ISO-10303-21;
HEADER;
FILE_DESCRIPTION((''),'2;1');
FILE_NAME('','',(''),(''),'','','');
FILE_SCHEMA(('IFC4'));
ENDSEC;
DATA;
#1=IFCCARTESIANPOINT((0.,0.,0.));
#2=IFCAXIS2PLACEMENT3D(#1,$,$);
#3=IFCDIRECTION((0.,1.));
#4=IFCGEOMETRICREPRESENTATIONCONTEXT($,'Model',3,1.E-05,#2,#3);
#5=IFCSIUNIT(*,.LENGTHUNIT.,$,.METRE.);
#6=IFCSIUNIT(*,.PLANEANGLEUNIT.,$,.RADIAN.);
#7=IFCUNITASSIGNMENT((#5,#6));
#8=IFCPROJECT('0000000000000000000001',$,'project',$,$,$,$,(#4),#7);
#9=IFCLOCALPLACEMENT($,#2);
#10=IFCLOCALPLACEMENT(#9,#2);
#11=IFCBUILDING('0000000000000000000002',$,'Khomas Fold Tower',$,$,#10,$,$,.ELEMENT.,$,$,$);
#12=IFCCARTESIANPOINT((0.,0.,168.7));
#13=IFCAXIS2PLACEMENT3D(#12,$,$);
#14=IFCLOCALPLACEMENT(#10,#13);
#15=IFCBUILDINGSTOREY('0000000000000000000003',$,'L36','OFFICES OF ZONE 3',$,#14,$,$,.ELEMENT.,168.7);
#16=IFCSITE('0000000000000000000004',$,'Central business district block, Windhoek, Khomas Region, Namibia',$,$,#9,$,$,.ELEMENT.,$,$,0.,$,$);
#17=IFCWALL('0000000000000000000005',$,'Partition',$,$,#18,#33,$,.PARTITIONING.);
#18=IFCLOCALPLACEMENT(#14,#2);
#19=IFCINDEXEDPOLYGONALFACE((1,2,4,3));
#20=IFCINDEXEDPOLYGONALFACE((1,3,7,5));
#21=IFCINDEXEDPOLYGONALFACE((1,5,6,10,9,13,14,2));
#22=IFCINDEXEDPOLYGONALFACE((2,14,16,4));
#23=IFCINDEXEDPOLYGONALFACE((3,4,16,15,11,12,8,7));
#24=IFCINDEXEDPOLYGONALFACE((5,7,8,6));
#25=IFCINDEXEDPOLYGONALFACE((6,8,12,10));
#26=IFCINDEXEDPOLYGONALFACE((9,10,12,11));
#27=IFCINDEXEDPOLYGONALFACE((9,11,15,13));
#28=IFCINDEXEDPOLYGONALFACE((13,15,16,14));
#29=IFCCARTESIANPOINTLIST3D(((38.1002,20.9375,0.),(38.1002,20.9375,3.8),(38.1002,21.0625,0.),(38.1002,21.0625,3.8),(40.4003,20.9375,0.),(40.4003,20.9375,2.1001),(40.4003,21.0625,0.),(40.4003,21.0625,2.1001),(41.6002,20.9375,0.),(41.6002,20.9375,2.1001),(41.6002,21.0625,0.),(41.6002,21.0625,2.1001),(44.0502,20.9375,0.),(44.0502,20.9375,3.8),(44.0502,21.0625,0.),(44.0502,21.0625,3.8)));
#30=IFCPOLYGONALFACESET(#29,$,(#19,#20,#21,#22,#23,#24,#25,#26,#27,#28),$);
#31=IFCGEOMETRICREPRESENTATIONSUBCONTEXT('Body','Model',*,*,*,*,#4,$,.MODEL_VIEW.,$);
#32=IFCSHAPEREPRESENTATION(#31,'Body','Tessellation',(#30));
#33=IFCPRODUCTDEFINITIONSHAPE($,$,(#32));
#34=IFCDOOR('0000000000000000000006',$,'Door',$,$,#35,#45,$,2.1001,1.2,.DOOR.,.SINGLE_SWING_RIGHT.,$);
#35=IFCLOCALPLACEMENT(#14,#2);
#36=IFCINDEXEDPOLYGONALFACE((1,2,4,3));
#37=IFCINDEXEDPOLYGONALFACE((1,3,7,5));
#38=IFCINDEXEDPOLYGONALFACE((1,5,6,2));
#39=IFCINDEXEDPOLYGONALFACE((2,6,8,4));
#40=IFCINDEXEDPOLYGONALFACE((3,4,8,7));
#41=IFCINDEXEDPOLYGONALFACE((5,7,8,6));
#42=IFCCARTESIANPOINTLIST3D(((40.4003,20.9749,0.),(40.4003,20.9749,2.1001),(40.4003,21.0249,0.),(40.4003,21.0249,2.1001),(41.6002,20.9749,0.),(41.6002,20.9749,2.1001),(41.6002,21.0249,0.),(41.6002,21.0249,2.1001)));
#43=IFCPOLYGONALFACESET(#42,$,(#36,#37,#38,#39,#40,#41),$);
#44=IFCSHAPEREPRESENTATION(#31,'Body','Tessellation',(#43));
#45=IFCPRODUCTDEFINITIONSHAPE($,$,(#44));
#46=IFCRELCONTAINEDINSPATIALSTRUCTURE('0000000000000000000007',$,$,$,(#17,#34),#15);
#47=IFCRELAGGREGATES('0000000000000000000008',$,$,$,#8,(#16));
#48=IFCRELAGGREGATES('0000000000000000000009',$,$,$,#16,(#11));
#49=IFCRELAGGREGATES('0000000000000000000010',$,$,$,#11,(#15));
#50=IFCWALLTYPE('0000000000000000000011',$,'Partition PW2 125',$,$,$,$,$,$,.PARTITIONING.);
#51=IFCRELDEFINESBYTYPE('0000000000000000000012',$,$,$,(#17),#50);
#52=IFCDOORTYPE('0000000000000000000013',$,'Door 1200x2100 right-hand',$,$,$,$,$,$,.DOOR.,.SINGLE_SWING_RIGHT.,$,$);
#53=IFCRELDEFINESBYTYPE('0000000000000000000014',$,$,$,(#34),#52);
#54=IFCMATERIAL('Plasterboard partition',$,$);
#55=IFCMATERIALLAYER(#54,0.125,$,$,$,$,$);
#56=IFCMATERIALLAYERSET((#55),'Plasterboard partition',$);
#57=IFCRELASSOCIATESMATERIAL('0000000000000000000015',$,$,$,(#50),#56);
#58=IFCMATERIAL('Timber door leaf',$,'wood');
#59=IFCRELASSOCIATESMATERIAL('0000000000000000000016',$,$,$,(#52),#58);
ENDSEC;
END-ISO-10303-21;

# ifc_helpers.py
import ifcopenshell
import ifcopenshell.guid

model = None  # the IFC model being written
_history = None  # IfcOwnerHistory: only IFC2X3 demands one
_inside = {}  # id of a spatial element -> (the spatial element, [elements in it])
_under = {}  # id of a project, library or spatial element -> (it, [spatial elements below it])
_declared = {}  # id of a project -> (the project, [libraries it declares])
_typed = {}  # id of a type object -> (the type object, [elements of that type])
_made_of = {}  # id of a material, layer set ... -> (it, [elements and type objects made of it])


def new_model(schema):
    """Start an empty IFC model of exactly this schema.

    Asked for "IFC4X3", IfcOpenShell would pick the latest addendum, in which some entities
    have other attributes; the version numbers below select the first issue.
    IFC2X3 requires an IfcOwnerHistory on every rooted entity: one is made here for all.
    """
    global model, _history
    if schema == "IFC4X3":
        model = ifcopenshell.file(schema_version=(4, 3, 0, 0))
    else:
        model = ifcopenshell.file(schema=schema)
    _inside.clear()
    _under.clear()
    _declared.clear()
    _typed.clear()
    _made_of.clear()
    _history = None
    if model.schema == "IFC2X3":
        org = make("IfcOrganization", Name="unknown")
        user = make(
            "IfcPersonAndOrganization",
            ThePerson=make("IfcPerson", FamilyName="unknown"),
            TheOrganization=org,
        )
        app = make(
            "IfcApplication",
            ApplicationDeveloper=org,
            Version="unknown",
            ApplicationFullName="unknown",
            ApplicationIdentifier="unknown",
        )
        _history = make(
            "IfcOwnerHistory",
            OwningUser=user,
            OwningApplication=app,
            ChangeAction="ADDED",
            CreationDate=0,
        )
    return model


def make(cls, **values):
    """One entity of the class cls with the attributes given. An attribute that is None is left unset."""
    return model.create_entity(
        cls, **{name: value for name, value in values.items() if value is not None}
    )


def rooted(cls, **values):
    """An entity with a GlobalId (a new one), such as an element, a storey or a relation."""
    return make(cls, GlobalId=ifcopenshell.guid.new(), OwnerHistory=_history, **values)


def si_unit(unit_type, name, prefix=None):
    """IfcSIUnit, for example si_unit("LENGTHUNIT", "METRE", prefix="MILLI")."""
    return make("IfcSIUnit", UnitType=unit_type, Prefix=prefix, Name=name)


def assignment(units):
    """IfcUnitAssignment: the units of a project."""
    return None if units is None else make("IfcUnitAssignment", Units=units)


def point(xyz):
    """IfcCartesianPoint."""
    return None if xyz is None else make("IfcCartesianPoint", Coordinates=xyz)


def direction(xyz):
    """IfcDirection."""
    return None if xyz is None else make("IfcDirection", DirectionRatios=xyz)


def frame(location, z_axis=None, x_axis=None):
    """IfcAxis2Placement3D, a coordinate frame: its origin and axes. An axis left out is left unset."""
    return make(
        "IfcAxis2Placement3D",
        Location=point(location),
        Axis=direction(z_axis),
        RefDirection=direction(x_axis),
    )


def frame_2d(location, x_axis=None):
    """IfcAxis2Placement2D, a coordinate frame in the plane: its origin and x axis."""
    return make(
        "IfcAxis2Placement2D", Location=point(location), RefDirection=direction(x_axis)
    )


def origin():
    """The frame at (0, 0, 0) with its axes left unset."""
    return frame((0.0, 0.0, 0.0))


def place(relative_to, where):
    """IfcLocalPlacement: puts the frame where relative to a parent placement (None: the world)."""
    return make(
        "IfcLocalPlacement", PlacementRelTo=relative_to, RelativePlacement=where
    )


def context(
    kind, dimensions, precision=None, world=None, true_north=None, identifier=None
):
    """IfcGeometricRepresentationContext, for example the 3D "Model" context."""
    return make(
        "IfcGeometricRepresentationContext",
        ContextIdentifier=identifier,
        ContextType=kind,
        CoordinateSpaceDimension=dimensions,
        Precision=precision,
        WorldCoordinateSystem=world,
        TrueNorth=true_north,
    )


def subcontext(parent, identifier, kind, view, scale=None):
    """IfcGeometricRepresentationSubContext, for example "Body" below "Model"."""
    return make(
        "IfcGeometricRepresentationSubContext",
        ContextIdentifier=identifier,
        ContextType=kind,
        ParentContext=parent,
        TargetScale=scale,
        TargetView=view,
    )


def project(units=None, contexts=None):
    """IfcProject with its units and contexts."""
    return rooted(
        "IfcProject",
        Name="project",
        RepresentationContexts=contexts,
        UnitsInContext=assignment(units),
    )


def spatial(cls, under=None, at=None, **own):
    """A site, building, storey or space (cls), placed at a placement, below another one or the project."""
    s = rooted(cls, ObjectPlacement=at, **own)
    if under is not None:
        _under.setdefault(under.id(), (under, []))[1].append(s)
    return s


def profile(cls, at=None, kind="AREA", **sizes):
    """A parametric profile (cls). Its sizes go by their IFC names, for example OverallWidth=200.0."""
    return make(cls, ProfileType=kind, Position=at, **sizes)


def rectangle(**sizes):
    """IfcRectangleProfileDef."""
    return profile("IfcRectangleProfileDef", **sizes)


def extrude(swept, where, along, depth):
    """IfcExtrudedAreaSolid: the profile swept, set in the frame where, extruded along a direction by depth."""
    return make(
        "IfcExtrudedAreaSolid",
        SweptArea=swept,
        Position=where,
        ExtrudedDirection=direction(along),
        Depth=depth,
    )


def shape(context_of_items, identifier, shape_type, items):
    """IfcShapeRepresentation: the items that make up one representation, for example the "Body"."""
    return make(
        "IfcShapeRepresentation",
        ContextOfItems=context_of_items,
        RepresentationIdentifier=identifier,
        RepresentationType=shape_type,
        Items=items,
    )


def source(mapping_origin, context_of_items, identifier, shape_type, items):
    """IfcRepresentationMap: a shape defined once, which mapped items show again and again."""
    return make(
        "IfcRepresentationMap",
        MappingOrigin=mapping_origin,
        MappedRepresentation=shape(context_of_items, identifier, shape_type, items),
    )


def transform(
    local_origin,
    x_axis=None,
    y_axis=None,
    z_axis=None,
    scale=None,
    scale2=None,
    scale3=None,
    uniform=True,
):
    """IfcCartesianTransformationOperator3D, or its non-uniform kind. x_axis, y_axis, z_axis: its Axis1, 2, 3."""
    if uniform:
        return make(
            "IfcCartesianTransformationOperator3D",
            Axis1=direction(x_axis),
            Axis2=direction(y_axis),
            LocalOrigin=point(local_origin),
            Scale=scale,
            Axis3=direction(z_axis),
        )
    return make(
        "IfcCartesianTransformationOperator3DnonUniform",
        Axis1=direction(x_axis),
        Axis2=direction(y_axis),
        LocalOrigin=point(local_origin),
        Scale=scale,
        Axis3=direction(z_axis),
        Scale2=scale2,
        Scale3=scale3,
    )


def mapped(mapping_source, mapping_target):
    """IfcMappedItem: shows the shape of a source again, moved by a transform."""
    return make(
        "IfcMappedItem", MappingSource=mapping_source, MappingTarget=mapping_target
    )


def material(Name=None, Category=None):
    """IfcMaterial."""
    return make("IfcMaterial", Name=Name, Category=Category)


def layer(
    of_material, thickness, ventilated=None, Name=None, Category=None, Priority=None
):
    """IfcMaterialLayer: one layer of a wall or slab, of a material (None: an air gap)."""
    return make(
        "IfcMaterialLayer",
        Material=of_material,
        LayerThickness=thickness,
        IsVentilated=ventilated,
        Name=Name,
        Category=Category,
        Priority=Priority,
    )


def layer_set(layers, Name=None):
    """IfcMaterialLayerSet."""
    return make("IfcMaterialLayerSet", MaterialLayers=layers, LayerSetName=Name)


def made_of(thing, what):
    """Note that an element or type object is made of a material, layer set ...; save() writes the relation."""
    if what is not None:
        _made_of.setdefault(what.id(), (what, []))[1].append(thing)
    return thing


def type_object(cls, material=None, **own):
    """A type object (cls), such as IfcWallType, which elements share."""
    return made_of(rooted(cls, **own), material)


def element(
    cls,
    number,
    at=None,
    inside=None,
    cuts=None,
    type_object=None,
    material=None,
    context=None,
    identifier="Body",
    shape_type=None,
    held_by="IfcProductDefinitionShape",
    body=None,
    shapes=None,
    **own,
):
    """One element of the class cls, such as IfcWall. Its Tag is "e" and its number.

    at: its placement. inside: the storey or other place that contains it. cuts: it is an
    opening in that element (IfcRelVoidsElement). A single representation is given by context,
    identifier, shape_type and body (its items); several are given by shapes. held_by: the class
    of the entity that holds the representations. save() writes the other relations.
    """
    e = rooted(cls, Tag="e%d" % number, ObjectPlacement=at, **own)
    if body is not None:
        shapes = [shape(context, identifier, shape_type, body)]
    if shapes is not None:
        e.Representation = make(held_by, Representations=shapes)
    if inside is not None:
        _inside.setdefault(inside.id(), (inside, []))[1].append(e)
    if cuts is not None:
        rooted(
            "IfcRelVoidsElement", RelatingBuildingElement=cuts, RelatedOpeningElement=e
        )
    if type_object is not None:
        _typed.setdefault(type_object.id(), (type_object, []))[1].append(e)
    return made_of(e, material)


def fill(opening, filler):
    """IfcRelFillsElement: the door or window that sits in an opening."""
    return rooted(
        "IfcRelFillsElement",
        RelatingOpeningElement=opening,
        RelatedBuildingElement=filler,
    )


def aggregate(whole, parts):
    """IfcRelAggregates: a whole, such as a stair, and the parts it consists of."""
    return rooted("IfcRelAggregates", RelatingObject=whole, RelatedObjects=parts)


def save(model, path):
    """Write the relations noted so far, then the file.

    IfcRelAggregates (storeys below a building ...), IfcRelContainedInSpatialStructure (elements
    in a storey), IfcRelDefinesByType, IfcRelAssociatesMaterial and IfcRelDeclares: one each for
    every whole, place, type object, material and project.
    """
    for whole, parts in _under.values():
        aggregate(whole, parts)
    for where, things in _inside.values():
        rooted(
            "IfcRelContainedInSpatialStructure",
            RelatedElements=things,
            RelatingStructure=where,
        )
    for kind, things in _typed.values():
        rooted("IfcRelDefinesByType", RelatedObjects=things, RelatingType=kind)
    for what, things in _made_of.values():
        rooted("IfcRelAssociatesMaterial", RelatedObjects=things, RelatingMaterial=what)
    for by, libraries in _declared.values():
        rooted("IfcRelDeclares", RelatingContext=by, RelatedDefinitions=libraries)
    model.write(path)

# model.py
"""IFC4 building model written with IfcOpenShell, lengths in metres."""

from ifc_helpers import new_model, si_unit, direction, frame, frame_2d, origin, place, context, subcontext, project, spatial, rectangle, extrude, source, transform, mapped, material, layer, layer_set, type_object, element, fill, save


model = new_model("IFC4")

# Units and contexts
model_context = context("Model", 3, precision=1e-05, world=origin(), true_north=direction((0.0, 1.0)))
body_context = subcontext(model_context, "Body", "Model", "MODEL_VIEW")
ifc_project = project(units=[si_unit("LENGTHUNIT", "METRE"), si_unit("PLANEANGLEUNIT", "RADIAN")], contexts=[model_context])

# Site, building, storey
site_placement = place(None, origin())
site = spatial("IfcSite", under=ifc_project, at=site_placement, Name="Central business district block, Windhoek, Khomas Region, Namibia", CompositionType="ELEMENT", RefElevation=0.0)
building_placement = place(site_placement, origin())
building = spatial("IfcBuilding", under=site, at=building_placement, Name="Khomas Fold Tower", CompositionType="ELEMENT")
storey_placement = place(building_placement, frame((0.0, 0.0, 168.7)))
storey = spatial("IfcBuildingStorey", under=building, at=storey_placement, Name="L36", Description="OFFICES OF ZONE 3", CompositionType="ELEMENT", Elevation=168.7)

# Shared definitions
ifc_material_1 = material(Name="Plasterboard partition")
ifc_layer_1 = layer(ifc_material_1, 0.125)
ifc_layer_set_1 = layer_set([ifc_layer_1], Name="Plasterboard partition")
wall_type_1 = type_object("IfcWallType", Name="Partition PW2 125", PredefinedType="PARTITIONING", material=ifc_layer_set_1)

# Wall, opening, door
shared_shape_1 = source(origin(), body_context, "Body", "SweptSolid", [
    extrude(rectangle(XDim=5.95, YDim=0.125, at=frame_2d((2.9751, 0.0))), origin(), (0.0, 0.0, 1.0), 3.8),
])
wall_1_placement = place(storey_placement, frame((38.1001, 21.0, 0.0), z_axis=(0.0, 0.0, 1.0), x_axis=(1.0, 0.0, 0.0)))
wall_1 = element("IfcWall", 1, at=wall_1_placement, inside=storey, type_object=wall_type_1, Name="Partition", PredefinedType="PARTITIONING", context=body_context, shape_type="MappedRepresentation", body=[
    mapped(shared_shape_1, transform((0.0, 0.0, 0.0))),
])
shared_shape_2 = source(origin(), body_context, "Body", "SweptSolid", [
    extrude(rectangle(XDim=1.2, YDim=2.1001, at=frame_2d((0.6001, 1.05))), frame((0.0, 0.0725, 0.0), z_axis=(0.0, -1.0, 0.0), x_axis=(1.0, 0.0, 0.0)), (0.0, 0.0, 1.0), 0.145),
])
opening_1_placement = place(wall_1_placement, frame((2.3, 0.0, 0.0)))
opening_1 = element("IfcOpeningElement", 2, at=opening_1_placement, cuts=wall_1, PredefinedType="OPENING", context=body_context, shape_type="MappedRepresentation", body=[
    mapped(shared_shape_2, transform((0.0, 0.0, 0.0))),
])
ifc_material_2 = material(Name="Timber door leaf", Category="wood")
door_type_1 = type_object("IfcDoorType", Name="Door 1200x2100 right-hand", OperationType="SINGLE_SWING_RIGHT", PredefinedType="DOOR", material=ifc_material_2)
shared_shape_3 = source(origin(), body_context, "Body", "SweptSolid", [
    extrude(rectangle(XDim=1.2, YDim=2.1001, at=frame_2d((0.6001, 1.05))), frame((0.0, 0.0249, 0.0), z_axis=(0.0, -1.0, 0.0), x_axis=(1.0, 0.0, 0.0)), (0.0, 0.0, 1.0), 0.05),
])
door_1_placement = place(opening_1_placement, origin())
door_1 = element("IfcDoor", 3, at=door_1_placement, inside=storey, type_object=door_type_1, Name="Door", OperationType="SINGLE_SWING_RIGHT", OverallHeight=2.1001, OverallWidth=1.2, PredefinedType="DOOR", context=body_context, shape_type="MappedRepresentation", body=[
    mapped(shared_shape_3, transform((0.0, 0.0, 0.0))),
])
fill(opening_1, door_1)

save(model, "model.ifc")
